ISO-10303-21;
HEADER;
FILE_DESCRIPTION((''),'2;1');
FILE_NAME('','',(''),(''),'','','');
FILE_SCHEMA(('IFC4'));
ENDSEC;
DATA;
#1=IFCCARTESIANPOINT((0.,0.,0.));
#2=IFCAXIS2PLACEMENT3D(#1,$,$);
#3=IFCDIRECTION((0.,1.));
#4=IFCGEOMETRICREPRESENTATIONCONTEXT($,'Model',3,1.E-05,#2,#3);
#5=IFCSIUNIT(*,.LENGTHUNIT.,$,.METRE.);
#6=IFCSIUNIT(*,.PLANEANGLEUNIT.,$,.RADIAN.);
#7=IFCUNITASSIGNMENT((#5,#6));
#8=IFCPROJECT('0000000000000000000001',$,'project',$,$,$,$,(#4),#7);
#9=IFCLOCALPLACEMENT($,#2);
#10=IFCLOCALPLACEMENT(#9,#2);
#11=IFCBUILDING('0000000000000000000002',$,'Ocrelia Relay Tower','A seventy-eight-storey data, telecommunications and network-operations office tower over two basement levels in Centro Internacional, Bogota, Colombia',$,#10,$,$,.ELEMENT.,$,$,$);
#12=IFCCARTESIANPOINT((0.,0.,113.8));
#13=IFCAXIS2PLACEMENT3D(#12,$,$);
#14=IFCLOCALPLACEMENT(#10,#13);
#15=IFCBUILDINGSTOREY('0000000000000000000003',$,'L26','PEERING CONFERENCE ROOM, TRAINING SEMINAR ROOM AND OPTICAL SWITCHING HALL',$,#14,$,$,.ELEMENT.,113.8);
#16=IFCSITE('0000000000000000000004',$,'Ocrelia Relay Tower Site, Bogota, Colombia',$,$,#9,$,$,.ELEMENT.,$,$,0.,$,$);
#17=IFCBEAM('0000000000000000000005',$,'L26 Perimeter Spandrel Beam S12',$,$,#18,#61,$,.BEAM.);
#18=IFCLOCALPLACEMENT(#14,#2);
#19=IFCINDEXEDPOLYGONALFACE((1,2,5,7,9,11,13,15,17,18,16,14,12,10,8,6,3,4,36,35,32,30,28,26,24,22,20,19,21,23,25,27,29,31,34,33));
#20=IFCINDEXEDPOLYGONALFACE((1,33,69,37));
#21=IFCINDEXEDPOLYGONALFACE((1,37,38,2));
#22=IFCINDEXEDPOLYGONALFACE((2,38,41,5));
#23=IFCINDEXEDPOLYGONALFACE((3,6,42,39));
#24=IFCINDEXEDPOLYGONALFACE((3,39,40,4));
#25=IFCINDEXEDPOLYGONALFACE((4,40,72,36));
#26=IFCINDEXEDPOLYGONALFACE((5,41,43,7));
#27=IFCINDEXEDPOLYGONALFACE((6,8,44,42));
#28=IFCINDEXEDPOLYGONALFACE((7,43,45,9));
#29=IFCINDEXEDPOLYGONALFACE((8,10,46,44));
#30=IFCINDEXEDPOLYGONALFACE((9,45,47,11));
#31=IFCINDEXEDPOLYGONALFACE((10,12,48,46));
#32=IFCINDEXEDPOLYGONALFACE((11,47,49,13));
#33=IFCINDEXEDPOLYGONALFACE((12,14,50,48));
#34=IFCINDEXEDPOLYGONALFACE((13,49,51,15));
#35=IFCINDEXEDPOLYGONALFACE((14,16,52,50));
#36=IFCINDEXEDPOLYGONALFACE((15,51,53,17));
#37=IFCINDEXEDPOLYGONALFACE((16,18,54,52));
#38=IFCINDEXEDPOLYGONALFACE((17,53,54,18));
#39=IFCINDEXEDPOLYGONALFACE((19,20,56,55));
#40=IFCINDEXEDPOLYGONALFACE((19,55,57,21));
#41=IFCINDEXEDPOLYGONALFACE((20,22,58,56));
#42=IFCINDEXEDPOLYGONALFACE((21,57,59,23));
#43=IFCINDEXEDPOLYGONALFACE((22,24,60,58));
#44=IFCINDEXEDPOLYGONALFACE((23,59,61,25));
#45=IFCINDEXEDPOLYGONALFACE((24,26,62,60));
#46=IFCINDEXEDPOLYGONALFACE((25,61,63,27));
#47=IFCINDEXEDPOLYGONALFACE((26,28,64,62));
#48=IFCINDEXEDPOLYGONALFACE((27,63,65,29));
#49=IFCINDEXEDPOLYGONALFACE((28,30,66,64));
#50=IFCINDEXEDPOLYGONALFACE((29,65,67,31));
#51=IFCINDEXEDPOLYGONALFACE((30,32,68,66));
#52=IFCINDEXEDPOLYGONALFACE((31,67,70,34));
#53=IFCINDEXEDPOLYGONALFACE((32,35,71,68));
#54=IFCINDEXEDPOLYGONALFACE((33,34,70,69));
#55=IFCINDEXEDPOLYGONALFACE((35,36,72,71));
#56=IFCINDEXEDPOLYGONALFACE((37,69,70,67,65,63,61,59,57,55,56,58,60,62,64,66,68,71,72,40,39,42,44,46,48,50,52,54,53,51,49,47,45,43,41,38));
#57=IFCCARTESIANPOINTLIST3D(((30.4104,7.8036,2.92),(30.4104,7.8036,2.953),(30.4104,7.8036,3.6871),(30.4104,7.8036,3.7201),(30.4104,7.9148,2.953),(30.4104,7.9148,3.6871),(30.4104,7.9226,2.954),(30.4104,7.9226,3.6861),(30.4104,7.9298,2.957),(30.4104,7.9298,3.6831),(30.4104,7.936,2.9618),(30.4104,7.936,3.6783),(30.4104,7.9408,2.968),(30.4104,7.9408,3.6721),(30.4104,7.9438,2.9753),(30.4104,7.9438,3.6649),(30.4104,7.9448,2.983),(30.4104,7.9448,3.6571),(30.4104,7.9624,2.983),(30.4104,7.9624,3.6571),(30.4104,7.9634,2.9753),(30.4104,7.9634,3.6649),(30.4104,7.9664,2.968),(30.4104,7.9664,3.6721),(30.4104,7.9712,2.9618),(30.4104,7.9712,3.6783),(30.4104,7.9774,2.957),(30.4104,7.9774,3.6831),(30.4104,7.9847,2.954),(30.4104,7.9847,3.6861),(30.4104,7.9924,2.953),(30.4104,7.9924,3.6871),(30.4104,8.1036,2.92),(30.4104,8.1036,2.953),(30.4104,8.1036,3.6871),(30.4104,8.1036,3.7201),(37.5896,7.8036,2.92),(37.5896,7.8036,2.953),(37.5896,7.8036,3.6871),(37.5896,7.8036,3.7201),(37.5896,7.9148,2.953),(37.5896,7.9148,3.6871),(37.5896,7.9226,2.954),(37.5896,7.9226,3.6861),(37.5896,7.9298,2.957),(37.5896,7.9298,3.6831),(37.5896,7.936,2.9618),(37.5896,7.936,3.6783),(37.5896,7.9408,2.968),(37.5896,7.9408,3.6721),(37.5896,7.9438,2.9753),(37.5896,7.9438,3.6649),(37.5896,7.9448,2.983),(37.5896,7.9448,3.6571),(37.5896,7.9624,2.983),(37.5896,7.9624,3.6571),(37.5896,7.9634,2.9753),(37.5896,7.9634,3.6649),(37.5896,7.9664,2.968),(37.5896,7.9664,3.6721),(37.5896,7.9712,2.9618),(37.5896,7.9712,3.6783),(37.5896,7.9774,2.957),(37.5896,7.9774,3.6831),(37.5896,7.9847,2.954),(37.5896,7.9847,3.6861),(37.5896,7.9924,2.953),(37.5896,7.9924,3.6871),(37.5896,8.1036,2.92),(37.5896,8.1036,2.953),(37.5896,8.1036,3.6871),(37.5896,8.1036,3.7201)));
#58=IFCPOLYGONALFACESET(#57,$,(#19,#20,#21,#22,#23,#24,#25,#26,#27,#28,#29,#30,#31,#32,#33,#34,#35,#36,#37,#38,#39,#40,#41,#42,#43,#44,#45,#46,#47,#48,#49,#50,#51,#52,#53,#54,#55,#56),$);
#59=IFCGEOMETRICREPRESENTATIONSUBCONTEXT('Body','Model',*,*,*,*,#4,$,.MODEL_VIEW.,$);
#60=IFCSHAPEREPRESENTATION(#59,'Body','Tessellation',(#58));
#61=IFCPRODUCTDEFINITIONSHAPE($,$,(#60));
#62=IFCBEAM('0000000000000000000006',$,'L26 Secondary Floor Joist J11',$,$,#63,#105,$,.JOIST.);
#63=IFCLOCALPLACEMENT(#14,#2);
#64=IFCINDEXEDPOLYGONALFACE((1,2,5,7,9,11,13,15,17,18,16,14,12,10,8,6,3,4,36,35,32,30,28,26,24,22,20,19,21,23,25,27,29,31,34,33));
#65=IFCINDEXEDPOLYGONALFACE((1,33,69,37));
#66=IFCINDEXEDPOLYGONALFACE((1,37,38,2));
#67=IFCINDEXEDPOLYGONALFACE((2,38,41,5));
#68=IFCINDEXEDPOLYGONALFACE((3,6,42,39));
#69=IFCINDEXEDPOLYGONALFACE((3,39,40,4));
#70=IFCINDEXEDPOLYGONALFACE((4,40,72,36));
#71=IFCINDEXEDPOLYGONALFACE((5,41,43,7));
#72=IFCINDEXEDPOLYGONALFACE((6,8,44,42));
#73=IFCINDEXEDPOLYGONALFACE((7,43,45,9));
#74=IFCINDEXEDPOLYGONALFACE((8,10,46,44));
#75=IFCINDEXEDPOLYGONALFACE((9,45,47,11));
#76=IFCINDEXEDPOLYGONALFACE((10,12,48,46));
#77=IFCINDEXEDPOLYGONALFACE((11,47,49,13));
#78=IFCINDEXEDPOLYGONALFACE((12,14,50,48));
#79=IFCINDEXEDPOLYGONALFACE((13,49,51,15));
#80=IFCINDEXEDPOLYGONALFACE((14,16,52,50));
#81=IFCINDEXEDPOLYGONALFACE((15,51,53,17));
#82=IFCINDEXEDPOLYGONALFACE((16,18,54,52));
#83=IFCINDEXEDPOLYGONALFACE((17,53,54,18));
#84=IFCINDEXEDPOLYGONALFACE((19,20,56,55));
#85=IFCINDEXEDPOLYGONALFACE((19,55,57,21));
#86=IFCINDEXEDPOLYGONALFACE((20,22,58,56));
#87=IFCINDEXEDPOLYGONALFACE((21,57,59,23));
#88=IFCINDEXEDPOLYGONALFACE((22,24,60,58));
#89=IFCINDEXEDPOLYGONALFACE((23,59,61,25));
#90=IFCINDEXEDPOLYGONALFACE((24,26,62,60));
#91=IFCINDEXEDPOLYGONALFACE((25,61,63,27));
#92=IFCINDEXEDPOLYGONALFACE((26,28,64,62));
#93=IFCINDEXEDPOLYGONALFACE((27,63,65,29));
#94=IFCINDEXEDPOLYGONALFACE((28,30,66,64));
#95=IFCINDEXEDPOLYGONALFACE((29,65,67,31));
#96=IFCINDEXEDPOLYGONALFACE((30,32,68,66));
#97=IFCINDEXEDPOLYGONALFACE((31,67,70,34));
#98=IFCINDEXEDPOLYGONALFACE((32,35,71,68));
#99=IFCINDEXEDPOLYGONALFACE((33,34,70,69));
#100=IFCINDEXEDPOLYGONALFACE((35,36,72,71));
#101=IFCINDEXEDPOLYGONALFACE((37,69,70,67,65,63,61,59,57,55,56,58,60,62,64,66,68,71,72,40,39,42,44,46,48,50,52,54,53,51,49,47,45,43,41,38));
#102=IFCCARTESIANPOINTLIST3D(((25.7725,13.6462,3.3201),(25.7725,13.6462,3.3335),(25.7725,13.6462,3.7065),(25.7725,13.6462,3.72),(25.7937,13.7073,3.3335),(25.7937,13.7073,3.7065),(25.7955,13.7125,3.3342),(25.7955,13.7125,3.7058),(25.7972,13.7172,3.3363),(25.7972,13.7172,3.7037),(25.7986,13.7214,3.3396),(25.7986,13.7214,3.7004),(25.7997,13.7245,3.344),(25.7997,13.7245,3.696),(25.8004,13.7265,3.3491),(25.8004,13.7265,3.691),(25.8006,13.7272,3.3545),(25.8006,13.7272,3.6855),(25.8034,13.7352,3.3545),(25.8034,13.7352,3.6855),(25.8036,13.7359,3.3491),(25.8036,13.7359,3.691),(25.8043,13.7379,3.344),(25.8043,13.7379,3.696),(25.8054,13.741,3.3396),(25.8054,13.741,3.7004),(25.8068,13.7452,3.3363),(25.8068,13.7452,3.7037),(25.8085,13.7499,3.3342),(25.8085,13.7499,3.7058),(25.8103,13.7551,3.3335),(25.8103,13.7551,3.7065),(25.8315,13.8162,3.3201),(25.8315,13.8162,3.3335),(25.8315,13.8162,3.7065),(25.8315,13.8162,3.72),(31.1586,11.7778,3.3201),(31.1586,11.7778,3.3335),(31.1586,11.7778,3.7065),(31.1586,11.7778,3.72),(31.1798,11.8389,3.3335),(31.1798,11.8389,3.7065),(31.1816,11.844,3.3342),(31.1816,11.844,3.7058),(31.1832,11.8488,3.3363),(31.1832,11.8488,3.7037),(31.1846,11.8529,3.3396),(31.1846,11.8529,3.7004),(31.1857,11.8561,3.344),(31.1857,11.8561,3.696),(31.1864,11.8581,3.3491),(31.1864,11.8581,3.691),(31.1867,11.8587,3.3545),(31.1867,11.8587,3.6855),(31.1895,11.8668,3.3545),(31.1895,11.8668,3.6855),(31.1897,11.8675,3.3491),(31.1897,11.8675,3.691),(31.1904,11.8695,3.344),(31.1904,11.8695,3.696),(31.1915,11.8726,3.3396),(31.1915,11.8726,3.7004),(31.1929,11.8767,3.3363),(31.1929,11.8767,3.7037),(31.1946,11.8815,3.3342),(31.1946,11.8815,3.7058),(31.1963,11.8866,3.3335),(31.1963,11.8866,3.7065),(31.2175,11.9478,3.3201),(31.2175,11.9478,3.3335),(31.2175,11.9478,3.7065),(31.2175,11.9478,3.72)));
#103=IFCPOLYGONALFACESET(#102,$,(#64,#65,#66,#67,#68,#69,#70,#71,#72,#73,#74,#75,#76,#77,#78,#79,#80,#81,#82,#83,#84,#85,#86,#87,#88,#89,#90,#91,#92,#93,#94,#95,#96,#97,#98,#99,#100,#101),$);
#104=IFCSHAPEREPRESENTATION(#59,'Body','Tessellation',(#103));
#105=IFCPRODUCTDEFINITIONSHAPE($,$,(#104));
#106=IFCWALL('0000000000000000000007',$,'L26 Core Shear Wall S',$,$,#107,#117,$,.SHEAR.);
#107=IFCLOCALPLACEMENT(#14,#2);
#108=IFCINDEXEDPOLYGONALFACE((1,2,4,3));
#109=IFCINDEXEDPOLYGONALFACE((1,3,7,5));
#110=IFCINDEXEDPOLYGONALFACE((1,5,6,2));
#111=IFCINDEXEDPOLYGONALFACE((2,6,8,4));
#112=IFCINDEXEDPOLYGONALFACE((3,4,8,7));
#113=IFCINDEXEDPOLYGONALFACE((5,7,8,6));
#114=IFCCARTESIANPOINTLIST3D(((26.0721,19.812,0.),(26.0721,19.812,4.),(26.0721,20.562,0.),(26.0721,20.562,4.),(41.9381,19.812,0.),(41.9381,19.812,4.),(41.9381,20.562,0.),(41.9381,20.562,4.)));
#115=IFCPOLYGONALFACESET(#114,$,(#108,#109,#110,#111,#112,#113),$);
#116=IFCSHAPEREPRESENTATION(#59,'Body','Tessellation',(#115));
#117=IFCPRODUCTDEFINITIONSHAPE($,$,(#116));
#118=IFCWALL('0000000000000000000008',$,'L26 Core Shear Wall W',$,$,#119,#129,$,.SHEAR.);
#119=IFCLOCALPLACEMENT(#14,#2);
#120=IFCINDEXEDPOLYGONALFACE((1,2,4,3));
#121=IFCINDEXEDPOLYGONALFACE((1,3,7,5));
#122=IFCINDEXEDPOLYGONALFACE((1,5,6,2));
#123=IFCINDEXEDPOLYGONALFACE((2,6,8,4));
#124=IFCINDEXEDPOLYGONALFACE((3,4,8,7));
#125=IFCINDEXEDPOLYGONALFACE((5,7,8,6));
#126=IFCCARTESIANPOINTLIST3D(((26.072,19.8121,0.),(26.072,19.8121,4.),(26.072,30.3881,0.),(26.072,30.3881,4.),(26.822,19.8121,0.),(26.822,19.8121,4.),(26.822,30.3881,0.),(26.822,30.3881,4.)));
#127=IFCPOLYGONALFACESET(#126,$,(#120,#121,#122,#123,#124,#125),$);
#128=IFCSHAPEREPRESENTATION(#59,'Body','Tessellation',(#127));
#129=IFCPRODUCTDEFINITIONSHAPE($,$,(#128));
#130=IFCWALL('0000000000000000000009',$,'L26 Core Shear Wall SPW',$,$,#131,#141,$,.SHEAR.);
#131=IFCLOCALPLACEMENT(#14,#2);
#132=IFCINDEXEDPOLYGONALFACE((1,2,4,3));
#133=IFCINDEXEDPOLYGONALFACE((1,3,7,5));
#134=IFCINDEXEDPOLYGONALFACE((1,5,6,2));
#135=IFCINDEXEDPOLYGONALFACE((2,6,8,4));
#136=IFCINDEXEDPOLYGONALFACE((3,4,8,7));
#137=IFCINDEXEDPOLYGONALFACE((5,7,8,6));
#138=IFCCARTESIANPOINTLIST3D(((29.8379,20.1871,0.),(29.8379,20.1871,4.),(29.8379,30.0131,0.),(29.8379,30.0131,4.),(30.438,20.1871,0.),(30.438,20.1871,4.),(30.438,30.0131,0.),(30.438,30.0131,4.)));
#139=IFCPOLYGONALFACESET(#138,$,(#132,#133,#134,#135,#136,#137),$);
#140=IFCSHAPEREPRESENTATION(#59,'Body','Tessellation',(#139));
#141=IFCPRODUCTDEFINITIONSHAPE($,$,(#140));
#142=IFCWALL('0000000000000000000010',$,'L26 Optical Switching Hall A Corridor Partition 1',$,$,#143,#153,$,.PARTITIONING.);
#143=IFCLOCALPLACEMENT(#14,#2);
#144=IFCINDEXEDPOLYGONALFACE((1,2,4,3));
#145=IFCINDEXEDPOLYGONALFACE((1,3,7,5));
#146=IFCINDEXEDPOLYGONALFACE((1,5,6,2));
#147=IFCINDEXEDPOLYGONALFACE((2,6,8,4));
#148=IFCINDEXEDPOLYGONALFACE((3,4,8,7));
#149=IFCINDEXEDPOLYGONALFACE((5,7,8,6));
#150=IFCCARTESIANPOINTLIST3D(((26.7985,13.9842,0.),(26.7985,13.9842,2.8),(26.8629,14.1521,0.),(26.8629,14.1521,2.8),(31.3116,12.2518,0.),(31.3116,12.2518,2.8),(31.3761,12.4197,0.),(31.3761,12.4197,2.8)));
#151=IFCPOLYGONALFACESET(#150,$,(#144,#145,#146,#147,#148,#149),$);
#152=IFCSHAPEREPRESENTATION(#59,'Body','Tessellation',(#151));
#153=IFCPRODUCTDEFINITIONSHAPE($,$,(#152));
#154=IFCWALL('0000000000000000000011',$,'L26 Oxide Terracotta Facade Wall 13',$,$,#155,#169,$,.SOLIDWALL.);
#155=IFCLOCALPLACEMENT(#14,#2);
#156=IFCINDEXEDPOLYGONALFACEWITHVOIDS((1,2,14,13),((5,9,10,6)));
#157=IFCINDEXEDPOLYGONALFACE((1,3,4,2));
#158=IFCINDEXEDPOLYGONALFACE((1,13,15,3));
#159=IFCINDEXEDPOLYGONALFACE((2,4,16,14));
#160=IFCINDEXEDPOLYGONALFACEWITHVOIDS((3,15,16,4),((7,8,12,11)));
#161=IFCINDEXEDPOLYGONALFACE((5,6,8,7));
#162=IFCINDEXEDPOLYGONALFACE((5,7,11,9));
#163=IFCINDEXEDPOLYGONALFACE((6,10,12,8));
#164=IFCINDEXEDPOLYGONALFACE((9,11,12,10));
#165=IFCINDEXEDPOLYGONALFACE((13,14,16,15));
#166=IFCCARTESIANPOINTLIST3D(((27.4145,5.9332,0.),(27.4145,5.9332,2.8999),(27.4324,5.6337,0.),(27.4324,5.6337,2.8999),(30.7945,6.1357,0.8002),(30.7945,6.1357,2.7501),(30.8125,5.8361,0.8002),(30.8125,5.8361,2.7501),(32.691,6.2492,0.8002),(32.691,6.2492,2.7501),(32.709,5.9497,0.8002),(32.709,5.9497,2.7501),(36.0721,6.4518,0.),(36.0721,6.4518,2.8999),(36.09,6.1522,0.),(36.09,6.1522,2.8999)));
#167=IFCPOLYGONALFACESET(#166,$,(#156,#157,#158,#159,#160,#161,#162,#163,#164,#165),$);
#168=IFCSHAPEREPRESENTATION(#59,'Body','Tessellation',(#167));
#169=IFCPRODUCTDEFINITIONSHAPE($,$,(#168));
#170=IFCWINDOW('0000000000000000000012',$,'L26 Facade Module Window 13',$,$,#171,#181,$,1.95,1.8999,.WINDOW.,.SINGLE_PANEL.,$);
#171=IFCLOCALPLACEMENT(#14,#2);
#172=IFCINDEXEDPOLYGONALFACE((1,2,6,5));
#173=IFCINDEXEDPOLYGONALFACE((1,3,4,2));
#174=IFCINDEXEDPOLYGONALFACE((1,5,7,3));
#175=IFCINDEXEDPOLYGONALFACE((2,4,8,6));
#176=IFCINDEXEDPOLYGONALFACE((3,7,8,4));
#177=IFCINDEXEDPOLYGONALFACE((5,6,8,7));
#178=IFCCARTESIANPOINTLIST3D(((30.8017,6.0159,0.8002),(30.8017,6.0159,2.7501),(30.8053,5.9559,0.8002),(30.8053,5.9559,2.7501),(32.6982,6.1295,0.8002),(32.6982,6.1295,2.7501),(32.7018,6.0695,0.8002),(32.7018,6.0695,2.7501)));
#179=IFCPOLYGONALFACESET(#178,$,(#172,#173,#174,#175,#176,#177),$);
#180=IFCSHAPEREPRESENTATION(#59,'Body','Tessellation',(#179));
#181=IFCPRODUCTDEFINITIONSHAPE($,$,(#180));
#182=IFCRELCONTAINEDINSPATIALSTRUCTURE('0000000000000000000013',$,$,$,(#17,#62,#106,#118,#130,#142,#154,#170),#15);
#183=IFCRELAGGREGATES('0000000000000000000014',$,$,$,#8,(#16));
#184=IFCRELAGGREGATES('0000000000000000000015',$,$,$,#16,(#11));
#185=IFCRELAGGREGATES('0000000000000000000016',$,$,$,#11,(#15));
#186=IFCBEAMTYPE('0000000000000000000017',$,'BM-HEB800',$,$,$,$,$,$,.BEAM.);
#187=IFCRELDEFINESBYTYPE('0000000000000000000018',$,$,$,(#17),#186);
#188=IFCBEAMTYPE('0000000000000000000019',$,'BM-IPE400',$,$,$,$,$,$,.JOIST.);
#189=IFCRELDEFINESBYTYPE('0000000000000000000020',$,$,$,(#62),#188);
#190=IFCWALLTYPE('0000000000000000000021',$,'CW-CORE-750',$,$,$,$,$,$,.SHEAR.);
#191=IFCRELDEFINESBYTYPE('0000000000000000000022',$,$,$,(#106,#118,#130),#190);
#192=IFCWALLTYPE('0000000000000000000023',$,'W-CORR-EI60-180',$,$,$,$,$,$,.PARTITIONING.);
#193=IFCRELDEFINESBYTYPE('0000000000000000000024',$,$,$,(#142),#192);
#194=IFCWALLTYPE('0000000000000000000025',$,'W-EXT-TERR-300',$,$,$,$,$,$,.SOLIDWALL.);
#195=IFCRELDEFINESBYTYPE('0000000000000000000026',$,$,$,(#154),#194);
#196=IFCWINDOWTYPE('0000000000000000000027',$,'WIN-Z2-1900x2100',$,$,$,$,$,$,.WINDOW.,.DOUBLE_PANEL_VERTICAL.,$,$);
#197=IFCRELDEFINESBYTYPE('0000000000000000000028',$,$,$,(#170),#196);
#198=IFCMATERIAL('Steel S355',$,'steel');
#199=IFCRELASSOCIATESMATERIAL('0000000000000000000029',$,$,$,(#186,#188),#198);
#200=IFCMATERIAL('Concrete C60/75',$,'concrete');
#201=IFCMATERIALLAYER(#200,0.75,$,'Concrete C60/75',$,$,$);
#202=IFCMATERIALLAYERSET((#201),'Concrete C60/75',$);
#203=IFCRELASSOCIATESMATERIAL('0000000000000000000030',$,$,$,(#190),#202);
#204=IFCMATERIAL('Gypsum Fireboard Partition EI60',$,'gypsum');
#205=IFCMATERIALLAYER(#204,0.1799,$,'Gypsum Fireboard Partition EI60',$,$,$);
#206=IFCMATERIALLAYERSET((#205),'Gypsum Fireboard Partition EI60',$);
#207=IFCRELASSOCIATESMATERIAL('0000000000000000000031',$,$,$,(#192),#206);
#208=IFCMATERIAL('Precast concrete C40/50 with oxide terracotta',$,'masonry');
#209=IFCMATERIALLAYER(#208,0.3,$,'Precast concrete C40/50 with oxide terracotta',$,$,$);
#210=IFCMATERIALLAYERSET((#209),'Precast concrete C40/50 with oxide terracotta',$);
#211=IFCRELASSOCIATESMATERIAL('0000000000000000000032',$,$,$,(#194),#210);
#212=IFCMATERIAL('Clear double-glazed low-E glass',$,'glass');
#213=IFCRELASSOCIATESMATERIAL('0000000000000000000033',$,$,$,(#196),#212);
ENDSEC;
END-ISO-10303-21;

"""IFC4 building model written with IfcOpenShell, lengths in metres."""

from ifc_helpers import new_model, si_unit, direction, frame, frame_2d, origin, origin_2d, place, context, subcontext, project, spatial, rectangle, i_section, extrude, material, layer, layer_set, material_profile, profile_set, type_object, element, fill, save


model = new_model("IFC4")

# Units and contexts
model_context = context("Model", 3, precision=1e-05, world=origin(), true_north=direction((0.0, 1.0)))
body_context = subcontext(model_context, "Body", "Model", "MODEL_VIEW")
ifc_project = project(units=[si_unit("LENGTHUNIT", "METRE"), si_unit("PLANEANGLEUNIT", "RADIAN")], contexts=[model_context])

# Site, building, storey
site_placement = place(None, origin())
site = spatial("IfcSite", under=ifc_project, at=site_placement, Name="Ocrelia Relay Tower Site, Bogota, Colombia", CompositionType="ELEMENT", RefElevation=0.0)
building_placement = place(site_placement, origin())
building = spatial("IfcBuilding", under=site, at=building_placement, Name="Ocrelia Relay Tower", Description="A seventy-eight-storey data, telecommunications and network-operations office tower over two basement levels in Centro Internacional, Bogota, Colombia", CompositionType="ELEMENT")
storey_placement = place(building_placement, frame((0.0, 0.0, 113.8)))
storey = spatial("IfcBuildingStorey", under=building, at=storey_placement, Name="L26", Description="PEERING CONFERENCE ROOM, TRAINING SEMINAR ROOM AND OPTICAL SWITCHING HALL", CompositionType="ELEMENT", Elevation=113.8)

# Shared definitions
ifc_material_1 = material(Name="Concrete C60/75", Category="concrete")

# Beams
ifc_material_2 = material(Name="Steel S355", Category="steel")
ifc_material_profile_1 = material_profile(ifc_material_2, i_section(OverallWidth=0.3, OverallDepth=0.8, WebThickness=0.0176, FlangeThickness=0.033, FilletRadius=0.03, at=origin_2d()), Name="HEB 800")
ifc_profile_set_1 = profile_set([ifc_material_profile_1], Name="Steel S355")
beam_type_1 = type_object("IfcBeamType", Name="BM-HEB800", PredefinedType="BEAM", material=ifc_profile_set_1)
for number, where, z_axis, x_axis, name in (
    (1, (30.4104, 7.9536, 3.3201), (1.0, 0.0, 0.0), (0.0, 1.0, 0.0), "L26 Perimeter Spandrel Beam S12"),
):
    element("IfcBeam", number, at=place(storey_placement, frame(where, z_axis=z_axis, x_axis=x_axis)), inside=storey, type_object=beam_type_1, Name=name, PredefinedType="BEAM", context=body_context, shape_type="SweptSolid", body=[
        extrude(i_section(OverallWidth=0.3, OverallDepth=0.8, WebThickness=0.0176, FlangeThickness=0.033, FilletRadius=0.03, at=origin_2d()), origin(), (0.0, 0.0, 1.0), 7.1792),
    ])
ifc_material_profile_2 = material_profile(ifc_material_2, i_section(OverallWidth=0.1799, OverallDepth=0.3999, WebThickness=0.0085, FlangeThickness=0.0134, FilletRadius=0.021, at=origin_2d()), Name="IPE 400")
ifc_profile_set_2 = profile_set([ifc_material_profile_2], Name="Steel S355")
beam_type_2 = type_object("IfcBeamType", Name="BM-IPE400", PredefinedType="JOIST", material=ifc_profile_set_2)
beam_1_placement = place(storey_placement, frame((25.802, 13.7312, 3.52), z_axis=(0.944767, -0.327741, 0.0), x_axis=(0.327741, 0.944767, 0.0)))
element("IfcBeam", 2, at=beam_1_placement, inside=storey, type_object=beam_type_2, Name="L26 Secondary Floor Joist J11", PredefinedType="JOIST", context=body_context, shape_type="SweptSolid", body=[
    extrude(i_section(OverallWidth=0.1799, OverallDepth=0.3999, WebThickness=0.0085, FlangeThickness=0.0134, FilletRadius=0.021, at=origin_2d()), origin(), (0.0, 0.0, 1.0), 5.7009),
])

# Walls
ifc_layer_1 = layer(ifc_material_1, 0.75, Name="Concrete C60/75")
ifc_layer_set_1 = layer_set([ifc_layer_1], Name="Concrete C60/75")
wall_type_1 = type_object("IfcWallType", Name="CW-CORE-750", PredefinedType="SHEAR", material=ifc_layer_set_1)
wall_1_placement = place(storey_placement, frame((26.072, 20.187, 0.0), z_axis=(0.0, 0.0, 1.0), x_axis=(1.0, 0.0, 0.0)))
element("IfcWall", 3, at=wall_1_placement, inside=storey, type_object=wall_type_1, Name="L26 Core Shear Wall S", PredefinedType="SHEAR", context=body_context, shape_type="SweptSolid", body=[
    extrude(rectangle(XDim=15.866, YDim=0.75, at=frame_2d((7.9331, 0.0))), origin(), (0.0, 0.0, 1.0), 4.0),
])
wall_2_placement = place(storey_placement, frame((26.447, 19.812, 0.0), z_axis=(0.0, 0.0, 1.0), x_axis=(0.0, 1.0, 0.0)))
element("IfcWall", 4, at=wall_2_placement, inside=storey, type_object=wall_type_1, Name="L26 Core Shear Wall W", PredefinedType="SHEAR", context=body_context, shape_type="SweptSolid", body=[
    extrude(rectangle(XDim=10.5759, YDim=0.75, at=frame_2d((5.2881, 0.0))), origin(), (0.0, 0.0, 1.0), 4.0),
])
wall_3_placement = place(storey_placement, frame((30.1379, 20.187, 0.0), z_axis=(0.0, 0.0, 1.0), x_axis=(0.0, 1.0, 0.0)))
element("IfcWall", 5, at=wall_3_placement, inside=storey, type_object=wall_type_1, Name="L26 Core Shear Wall SPW", PredefinedType="SHEAR", context=body_context, shape_type="SweptSolid", body=[
    extrude(rectangle(XDim=9.8259, YDim=0.6001, at=frame_2d((4.9131, 0.0))), origin(), (0.0, 0.0, 1.0), 4.0),
])

# Shared definitions
ifc_material_3 = material(Name="Gypsum Fireboard Partition EI60", Category="gypsum")
ifc_layer_2 = layer(ifc_material_3, 0.1799, Name="Gypsum Fireboard Partition EI60")
ifc_layer_set_2 = layer_set([ifc_layer_2], Name="Gypsum Fireboard Partition EI60")
wall_type_2 = type_object("IfcWallType", Name="W-CORR-EI60-180", PredefinedType="PARTITIONING", material=ifc_layer_set_2)

# Wall
wall_4_placement = place(storey_placement, frame((26.8308, 14.0681, 0.0), z_axis=(0.0, 0.0, 1.0), x_axis=(0.933582, -0.358363, 0.0)))
element("IfcWall", 6, at=wall_4_placement, inside=storey, type_object=wall_type_2, Name="L26 Optical Switching Hall A Corridor Partition 1", PredefinedType="PARTITIONING", context=body_context, shape_type="SweptSolid", body=[
    extrude(rectangle(XDim=4.8342, YDim=0.1799, at=frame_2d((2.417, 0.0))), origin(), (0.0, 0.0, 1.0), 2.8),
])

# Wall, opening, window
ifc_material_4 = material(Name="Precast concrete C40/50 with oxide terracotta", Category="masonry")
ifc_layer_3 = layer(ifc_material_4, 0.3, Name="Precast concrete C40/50 with oxide terracotta")
ifc_layer_set_3 = layer_set([ifc_layer_3], Name="Precast concrete C40/50 with oxide terracotta")
wall_type_3 = type_object("IfcWallType", Name="W-EXT-TERR-300", PredefinedType="SOLIDWALL", material=ifc_layer_set_3)
wall_5_placement = place(storey_placement, frame((27.4236, 5.7834, 0.0), z_axis=(0.0, 0.0, 1.0), x_axis=(0.998211, 0.05979, 0.0)))
wall_5 = element("IfcWall", 7, at=wall_5_placement, inside=storey, type_object=wall_type_3, Name="L26 Oxide Terracotta Facade Wall 13", PredefinedType="SOLIDWALL", context=body_context, shape_type="SweptSolid", body=[
    extrude(rectangle(XDim=8.6731, YDim=0.3, at=frame_2d((4.3364, 0.0))), origin(), (0.0, 0.0, 1.0), 2.8999),
])
opening_1_placement = place(wall_5_placement, frame((3.386, 0.0, 0.8)))
opening_1 = element("IfcOpeningElement", 8, at=opening_1_placement, cuts=wall_5, PredefinedType="OPENING", context=body_context, shape_type="SweptSolid", body=[
    extrude(rectangle(XDim=1.8999, YDim=1.95, at=frame_2d((0.95, 0.9751))), frame((0.0, 0.1602, 0.0), z_axis=(0.0, -1.0, 0.0), x_axis=(1.0, 0.0, 0.0)), (0.0, 0.0, 1.0), 0.3201),
])
ifc_material_5 = material(Name="Clear double-glazed low-E glass", Category="glass")
window_type = type_object("IfcWindowType", Name="WIN-Z2-1900x2100", PartitioningType="DOUBLE_PANEL_VERTICAL", PredefinedType="WINDOW", material=ifc_material_5)
window_placement = place(opening_1_placement, origin())
window = element("IfcWindow", 9, at=window_placement, inside=storey, type_object=window_type, Name="L26 Facade Module Window 13", OverallHeight=1.95, OverallWidth=1.8999, PartitioningType="SINGLE_PANEL", PredefinedType="WINDOW", context=body_context, shape_type="SweptSolid", body=[
    extrude(rectangle(XDim=1.8999, YDim=1.95, at=frame_2d((0.95, 0.9751))), frame((0.0, 0.03, 0.0), z_axis=(0.0, -1.0, 0.0), x_axis=(1.0, 0.0, 0.0)), (0.0, 0.0, 1.0), 0.0601),
])
fill(opening_1, window)

save(model, "model.ifc")
